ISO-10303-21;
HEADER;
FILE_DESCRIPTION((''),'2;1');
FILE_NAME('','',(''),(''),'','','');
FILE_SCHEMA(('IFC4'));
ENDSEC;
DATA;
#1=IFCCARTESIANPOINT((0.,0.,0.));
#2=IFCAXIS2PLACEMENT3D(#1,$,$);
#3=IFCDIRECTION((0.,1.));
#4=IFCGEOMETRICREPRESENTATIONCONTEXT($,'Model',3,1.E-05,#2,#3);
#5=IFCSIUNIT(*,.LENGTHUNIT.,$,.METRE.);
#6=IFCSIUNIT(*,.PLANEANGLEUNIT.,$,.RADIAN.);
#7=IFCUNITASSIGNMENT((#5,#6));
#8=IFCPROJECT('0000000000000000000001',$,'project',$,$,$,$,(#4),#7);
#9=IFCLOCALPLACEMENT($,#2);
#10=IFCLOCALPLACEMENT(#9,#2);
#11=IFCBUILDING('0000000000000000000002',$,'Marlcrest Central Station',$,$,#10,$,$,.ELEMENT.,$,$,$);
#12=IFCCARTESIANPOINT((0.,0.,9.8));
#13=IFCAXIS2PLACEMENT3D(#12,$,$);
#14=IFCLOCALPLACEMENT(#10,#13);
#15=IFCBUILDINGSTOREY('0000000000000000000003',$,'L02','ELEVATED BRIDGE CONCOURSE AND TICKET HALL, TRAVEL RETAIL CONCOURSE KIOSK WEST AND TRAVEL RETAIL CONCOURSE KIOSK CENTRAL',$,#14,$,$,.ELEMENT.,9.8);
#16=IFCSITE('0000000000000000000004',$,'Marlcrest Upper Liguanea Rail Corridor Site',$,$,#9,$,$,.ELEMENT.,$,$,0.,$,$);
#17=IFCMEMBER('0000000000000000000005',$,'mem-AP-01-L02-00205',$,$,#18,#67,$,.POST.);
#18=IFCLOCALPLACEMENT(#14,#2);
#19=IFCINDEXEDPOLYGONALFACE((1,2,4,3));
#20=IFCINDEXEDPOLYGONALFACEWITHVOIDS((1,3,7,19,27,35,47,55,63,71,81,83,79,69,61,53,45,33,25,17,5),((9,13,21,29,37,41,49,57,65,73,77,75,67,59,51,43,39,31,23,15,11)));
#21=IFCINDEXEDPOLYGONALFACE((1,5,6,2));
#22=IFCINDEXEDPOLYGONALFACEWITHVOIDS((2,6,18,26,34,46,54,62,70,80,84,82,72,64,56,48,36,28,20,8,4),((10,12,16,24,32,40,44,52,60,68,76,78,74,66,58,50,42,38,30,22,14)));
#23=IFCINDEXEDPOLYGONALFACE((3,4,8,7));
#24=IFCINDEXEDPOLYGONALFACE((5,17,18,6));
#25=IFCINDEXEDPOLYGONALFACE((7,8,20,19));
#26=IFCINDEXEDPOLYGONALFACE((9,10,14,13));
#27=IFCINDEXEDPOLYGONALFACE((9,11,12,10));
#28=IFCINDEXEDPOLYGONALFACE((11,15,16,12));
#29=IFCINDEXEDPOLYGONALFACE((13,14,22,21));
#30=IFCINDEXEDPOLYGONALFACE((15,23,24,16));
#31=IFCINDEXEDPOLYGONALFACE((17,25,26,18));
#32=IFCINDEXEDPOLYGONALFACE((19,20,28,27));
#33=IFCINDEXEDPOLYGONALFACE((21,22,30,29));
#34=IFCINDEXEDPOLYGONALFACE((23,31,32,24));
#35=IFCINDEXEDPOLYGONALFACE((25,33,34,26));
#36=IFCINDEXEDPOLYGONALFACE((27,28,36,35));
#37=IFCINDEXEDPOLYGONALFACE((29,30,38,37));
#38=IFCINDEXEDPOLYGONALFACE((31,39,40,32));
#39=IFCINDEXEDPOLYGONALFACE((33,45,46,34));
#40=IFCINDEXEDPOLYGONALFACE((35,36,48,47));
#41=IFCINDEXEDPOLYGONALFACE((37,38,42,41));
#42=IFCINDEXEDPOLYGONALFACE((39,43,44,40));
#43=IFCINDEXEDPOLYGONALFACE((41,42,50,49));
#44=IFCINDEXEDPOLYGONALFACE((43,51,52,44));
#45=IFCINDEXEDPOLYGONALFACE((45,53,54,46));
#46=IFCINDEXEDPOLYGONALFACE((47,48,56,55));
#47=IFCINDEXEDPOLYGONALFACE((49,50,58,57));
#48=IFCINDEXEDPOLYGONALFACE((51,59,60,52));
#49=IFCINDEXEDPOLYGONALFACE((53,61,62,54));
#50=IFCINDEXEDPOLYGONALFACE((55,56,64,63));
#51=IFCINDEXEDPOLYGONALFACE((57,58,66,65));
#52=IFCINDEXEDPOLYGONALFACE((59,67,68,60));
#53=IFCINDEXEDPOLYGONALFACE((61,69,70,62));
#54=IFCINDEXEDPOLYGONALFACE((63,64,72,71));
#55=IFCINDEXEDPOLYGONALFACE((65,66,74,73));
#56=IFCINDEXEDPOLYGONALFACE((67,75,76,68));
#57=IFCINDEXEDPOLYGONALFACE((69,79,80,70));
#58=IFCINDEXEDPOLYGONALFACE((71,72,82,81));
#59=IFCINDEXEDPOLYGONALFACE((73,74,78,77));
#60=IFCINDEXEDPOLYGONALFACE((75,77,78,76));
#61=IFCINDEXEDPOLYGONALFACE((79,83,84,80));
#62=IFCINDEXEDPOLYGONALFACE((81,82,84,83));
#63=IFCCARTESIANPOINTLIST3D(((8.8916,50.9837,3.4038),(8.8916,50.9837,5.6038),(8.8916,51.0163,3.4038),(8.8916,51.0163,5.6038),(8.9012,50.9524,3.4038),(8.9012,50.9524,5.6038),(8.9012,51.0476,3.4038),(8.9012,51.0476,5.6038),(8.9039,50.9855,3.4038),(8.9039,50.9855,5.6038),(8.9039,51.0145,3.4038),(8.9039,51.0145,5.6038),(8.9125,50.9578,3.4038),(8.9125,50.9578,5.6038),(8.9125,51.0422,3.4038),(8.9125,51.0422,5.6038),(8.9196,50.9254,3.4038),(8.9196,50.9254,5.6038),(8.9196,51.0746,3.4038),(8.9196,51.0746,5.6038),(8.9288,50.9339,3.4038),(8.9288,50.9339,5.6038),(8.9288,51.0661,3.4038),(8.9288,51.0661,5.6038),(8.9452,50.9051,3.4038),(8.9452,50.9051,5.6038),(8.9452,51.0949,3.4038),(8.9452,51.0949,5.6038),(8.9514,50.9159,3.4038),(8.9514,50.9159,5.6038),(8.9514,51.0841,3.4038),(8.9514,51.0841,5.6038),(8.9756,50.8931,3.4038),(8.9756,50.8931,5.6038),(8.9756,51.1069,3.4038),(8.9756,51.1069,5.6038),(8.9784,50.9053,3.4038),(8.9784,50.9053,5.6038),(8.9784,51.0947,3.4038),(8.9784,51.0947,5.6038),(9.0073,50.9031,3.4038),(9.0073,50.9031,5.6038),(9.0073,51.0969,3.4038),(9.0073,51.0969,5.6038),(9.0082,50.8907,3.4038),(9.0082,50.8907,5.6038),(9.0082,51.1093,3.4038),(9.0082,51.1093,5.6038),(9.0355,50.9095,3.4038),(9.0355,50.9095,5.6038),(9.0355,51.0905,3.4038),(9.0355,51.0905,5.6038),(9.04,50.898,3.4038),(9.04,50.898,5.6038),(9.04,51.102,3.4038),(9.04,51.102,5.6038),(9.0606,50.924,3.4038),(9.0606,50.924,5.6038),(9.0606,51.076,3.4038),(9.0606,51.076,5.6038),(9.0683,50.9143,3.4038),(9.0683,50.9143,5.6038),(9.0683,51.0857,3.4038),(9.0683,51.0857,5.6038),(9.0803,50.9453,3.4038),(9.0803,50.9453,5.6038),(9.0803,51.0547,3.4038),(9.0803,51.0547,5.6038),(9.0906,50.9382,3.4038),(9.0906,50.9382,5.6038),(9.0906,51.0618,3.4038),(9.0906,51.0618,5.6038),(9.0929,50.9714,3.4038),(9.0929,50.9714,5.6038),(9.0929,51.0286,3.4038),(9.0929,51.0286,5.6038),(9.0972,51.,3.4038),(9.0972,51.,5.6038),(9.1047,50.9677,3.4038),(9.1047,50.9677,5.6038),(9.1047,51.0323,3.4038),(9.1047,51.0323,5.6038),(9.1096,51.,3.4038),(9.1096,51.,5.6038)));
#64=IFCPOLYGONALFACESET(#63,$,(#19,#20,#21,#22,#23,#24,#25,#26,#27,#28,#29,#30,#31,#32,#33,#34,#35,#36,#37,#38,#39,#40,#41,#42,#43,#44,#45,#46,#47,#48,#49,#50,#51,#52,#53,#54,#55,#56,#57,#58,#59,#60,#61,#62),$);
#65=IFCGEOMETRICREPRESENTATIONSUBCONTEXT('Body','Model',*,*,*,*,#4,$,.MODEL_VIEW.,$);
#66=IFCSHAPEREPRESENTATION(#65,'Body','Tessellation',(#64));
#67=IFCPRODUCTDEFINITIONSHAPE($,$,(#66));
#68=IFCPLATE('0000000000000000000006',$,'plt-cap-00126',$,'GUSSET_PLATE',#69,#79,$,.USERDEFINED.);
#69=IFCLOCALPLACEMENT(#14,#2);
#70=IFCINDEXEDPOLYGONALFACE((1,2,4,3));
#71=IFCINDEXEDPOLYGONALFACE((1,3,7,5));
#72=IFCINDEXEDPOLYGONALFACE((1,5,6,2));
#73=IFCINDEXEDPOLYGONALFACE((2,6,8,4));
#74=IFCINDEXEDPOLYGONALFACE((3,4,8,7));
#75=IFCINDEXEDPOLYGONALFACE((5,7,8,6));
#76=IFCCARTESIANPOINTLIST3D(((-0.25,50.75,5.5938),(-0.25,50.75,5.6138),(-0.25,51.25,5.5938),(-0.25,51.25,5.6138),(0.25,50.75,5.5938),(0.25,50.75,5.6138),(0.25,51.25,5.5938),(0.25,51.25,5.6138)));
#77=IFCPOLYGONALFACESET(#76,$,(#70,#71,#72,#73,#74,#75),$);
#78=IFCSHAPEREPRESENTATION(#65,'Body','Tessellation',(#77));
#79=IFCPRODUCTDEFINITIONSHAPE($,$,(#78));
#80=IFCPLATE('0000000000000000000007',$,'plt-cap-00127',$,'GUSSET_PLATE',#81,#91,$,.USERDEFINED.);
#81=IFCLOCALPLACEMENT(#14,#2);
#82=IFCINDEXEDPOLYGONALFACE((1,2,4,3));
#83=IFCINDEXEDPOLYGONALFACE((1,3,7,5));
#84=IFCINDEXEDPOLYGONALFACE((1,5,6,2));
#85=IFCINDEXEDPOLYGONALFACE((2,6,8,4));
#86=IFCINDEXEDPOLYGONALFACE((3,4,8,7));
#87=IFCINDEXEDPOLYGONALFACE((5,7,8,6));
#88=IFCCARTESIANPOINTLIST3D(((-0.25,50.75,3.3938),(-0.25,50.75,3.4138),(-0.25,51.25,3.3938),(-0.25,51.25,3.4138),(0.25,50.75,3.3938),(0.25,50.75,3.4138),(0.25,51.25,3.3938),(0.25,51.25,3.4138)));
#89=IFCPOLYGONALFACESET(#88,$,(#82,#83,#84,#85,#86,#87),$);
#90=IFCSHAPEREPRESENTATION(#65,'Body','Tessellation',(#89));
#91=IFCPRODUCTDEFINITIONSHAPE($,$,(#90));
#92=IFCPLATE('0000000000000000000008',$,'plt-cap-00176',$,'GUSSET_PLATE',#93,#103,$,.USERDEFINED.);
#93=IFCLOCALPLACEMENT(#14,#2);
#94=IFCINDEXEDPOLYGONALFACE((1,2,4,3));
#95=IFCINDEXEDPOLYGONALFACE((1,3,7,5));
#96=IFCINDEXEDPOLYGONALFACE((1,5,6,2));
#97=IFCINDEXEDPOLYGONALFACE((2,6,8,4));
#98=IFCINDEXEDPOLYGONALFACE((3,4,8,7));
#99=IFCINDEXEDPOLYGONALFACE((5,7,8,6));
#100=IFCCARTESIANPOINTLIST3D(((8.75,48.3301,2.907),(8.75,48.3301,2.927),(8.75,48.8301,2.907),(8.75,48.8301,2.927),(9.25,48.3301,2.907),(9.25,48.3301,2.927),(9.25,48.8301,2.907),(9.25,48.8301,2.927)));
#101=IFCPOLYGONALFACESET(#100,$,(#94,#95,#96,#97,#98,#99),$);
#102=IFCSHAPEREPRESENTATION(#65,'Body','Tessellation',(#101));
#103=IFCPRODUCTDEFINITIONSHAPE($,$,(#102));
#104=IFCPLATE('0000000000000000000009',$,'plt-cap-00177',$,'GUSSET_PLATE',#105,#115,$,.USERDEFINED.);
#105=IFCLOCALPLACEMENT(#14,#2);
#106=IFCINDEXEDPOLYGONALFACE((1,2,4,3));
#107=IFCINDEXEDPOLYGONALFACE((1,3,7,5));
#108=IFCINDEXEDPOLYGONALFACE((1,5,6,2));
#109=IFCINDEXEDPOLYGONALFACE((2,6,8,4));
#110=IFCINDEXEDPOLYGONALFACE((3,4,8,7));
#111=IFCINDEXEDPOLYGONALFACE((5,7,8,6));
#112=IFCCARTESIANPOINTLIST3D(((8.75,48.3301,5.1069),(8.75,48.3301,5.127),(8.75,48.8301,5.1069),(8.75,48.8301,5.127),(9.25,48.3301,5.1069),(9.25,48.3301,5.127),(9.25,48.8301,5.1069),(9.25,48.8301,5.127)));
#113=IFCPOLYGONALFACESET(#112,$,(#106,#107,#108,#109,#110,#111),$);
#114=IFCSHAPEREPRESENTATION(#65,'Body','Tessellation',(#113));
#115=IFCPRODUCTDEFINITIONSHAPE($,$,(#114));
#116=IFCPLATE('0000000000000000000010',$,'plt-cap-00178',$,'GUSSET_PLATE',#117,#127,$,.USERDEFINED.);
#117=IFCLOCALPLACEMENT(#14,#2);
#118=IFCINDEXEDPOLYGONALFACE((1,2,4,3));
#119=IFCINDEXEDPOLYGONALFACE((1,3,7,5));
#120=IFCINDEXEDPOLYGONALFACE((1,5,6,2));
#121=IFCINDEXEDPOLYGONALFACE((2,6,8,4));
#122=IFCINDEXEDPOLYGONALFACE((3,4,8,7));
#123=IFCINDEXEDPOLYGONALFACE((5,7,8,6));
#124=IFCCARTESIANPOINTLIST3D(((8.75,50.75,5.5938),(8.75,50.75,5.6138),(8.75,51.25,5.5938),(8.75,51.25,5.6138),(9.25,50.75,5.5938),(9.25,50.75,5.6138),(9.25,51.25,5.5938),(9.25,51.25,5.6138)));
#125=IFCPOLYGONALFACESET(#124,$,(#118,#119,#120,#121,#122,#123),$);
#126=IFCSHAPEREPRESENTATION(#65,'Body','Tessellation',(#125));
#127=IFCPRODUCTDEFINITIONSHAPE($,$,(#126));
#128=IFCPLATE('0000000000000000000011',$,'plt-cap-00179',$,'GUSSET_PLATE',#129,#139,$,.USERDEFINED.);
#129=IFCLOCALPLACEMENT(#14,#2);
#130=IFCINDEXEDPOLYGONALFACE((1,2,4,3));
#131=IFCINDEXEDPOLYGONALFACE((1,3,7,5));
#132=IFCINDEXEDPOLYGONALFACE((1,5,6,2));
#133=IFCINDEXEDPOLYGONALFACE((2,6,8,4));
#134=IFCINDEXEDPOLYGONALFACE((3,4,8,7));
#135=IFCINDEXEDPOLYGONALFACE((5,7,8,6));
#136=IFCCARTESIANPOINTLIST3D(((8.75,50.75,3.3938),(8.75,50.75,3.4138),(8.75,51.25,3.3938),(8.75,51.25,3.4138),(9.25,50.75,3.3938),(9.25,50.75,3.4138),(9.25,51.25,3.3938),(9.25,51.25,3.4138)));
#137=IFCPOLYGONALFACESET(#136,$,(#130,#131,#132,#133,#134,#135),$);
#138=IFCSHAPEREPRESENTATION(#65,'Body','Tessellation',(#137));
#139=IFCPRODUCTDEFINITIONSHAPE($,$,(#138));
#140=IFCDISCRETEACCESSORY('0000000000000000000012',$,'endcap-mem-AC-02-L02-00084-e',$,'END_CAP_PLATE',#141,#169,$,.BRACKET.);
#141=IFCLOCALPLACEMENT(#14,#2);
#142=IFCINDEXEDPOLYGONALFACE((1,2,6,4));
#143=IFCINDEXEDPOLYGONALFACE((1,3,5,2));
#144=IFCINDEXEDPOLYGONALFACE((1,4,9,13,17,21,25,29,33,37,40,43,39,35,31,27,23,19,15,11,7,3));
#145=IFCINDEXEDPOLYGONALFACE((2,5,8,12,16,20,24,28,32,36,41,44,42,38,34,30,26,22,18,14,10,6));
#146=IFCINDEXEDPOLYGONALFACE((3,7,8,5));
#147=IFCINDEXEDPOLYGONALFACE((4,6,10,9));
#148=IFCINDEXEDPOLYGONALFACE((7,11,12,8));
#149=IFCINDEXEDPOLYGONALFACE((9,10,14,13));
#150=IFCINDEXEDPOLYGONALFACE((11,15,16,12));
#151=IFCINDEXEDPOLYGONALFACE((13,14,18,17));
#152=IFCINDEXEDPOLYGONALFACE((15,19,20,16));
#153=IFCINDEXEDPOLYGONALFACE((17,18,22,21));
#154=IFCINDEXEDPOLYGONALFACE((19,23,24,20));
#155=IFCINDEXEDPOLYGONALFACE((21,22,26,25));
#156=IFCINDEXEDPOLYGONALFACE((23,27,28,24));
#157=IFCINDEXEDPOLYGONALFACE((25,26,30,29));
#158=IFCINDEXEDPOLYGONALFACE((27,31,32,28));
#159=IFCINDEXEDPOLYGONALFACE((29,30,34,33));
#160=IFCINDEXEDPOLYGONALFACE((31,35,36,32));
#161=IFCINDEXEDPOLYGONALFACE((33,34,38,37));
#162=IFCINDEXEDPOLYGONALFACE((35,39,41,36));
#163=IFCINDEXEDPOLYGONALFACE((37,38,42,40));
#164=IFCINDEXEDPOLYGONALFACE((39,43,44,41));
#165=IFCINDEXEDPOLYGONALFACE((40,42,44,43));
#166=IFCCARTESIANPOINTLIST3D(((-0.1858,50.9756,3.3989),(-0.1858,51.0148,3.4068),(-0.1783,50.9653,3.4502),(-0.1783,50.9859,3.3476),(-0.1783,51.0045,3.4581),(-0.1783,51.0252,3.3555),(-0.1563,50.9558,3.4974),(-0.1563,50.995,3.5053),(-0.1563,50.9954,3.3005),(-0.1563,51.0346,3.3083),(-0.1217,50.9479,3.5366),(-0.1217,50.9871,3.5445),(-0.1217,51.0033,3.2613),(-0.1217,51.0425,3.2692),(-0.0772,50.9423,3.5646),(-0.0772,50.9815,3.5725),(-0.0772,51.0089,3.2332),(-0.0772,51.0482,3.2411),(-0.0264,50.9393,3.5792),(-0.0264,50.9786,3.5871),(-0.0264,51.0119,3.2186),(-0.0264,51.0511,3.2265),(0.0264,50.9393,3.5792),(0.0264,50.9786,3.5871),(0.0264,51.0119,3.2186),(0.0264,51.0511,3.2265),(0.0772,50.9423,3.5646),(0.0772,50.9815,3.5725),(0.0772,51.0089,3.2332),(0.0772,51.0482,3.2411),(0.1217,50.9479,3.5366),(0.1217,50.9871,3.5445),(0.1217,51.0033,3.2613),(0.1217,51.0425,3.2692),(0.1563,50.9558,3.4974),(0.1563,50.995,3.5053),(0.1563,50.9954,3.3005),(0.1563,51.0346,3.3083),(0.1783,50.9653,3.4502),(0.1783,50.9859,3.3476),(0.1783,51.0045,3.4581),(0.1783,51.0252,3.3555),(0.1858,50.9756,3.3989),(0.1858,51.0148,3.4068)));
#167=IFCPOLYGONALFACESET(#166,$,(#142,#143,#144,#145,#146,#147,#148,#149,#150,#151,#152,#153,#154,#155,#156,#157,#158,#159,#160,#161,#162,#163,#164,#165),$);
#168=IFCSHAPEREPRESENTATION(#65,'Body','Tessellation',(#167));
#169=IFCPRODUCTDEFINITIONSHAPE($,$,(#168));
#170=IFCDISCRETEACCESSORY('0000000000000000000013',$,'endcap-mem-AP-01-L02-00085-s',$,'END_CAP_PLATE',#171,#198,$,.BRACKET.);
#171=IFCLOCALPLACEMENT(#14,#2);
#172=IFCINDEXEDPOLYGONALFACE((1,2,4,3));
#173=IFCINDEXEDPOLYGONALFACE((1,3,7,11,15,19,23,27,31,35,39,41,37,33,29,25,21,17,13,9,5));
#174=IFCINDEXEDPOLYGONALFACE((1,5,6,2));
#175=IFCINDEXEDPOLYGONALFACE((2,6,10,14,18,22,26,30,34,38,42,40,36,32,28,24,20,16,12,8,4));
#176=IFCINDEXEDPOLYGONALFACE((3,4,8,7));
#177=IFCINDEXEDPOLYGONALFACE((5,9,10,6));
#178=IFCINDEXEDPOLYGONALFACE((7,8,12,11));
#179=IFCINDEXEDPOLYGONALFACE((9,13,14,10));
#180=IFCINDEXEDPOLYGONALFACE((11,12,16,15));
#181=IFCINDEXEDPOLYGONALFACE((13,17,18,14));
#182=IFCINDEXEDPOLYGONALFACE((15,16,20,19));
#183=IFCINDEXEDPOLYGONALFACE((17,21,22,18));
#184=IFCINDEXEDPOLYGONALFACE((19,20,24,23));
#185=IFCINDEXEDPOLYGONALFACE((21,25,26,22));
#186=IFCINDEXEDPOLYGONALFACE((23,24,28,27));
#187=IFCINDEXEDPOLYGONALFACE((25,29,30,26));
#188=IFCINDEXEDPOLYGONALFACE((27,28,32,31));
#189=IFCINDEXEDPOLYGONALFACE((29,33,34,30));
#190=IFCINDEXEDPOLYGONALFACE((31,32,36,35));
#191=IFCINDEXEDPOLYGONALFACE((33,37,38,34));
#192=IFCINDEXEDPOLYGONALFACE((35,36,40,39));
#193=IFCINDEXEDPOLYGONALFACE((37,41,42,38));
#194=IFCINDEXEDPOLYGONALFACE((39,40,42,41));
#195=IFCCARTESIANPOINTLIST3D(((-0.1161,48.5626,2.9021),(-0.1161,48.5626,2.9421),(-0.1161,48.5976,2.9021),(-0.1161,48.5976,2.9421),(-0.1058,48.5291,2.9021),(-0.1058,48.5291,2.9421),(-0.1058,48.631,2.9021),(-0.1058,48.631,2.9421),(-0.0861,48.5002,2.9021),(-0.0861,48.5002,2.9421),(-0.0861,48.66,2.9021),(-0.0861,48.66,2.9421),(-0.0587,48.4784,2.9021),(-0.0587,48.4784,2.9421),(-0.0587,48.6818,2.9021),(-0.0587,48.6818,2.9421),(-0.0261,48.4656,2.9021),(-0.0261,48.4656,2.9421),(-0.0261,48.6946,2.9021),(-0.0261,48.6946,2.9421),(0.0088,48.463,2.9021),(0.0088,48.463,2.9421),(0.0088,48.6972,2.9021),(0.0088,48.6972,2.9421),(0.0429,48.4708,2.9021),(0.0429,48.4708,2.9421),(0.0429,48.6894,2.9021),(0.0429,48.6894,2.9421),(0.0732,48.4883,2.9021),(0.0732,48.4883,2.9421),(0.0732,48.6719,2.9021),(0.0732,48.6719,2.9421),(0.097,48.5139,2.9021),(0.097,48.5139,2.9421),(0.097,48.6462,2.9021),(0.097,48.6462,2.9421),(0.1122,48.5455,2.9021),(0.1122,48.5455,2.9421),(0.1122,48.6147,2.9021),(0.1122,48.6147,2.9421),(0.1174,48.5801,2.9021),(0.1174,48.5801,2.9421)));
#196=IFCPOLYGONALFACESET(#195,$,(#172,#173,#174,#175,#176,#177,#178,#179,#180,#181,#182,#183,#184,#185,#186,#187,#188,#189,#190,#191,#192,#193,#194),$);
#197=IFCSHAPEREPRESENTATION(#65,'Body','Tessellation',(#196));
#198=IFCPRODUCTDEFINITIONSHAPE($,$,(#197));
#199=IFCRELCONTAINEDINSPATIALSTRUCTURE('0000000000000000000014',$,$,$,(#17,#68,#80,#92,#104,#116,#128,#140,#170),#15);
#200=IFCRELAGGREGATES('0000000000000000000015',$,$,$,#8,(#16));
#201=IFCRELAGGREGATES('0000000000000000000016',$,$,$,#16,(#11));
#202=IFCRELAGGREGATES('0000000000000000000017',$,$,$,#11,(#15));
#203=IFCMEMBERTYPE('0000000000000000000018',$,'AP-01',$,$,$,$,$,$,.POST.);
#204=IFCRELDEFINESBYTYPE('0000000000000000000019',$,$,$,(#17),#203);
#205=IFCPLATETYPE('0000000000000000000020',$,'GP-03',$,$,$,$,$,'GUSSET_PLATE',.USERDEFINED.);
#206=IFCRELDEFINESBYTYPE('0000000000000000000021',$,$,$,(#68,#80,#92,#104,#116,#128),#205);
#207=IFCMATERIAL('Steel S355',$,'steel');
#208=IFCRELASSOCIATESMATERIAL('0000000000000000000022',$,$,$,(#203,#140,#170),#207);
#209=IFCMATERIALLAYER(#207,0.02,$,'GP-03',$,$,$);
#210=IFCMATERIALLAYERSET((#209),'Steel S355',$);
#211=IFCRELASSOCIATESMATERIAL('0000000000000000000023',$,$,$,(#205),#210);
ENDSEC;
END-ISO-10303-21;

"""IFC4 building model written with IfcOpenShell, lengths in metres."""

from ifc_helpers import new_model, si_unit, direction, frame, origin, origin_2d, place, context, subcontext, project, spatial, rectangle, circle, hollow_circle, extrude, material, layer, layer_set, material_profile, profile_set, type_object, element, save


model = new_model("IFC4")

# Units and contexts
model_context = context("Model", 3, precision=1e-05, world=origin(), true_north=direction((0.0, 1.0)))
body_context = subcontext(model_context, "Body", "Model", "MODEL_VIEW")
ifc_project = project(units=[si_unit("LENGTHUNIT", "METRE"), si_unit("PLANEANGLEUNIT", "RADIAN")], contexts=[model_context])

# Site, building, storey
site_placement = place(None, origin())
site = spatial("IfcSite", under=ifc_project, at=site_placement, Name="Marlcrest Upper Liguanea Rail Corridor Site", CompositionType="ELEMENT", RefElevation=0.0)
building_placement = place(site_placement, origin())
building = spatial("IfcBuilding", under=site, at=building_placement, Name="Marlcrest Central Station", CompositionType="ELEMENT")
storey_placement = place(building_placement, frame((0.0, 0.0, 9.8)))
storey = spatial("IfcBuildingStorey", under=building, at=storey_placement, Name="L02", Description="ELEVATED BRIDGE CONCOURSE AND TICKET HALL, TRAVEL RETAIL CONCOURSE KIOSK WEST AND TRAVEL RETAIL CONCOURSE KIOSK CENTRAL", CompositionType="ELEMENT", Elevation=9.8)

# Member
ifc_material = material(Name="Steel S355", Category="steel")
ifc_material_profile_1 = material_profile(ifc_material, hollow_circle(Radius=0.1096, WallThickness=0.0125, at=origin_2d()), Name="CHS 219.1x12.5")
ifc_profile_set_1 = profile_set([ifc_material_profile_1], Name="Steel S355")
member_type_1 = type_object("IfcMemberType", Name="AP-01", PredefinedType="POST", material=ifc_profile_set_1)
for number, where, z_axis, x_axis, name in (
    (1, (9.0, 51.0, 3.4038), (0.0, 0.0, 1.0), (1.0, 0.0, 0.0), "mem-AP-01-L02-00205"),
):
    element("IfcMember", number, at=place(storey_placement, frame(where, z_axis=z_axis, x_axis=x_axis)), inside=storey, type_object=member_type_1, Name=name, PredefinedType="POST", context=body_context, shape_type="SweptSolid", body=[
        extrude(hollow_circle(Radius=0.1096, WallThickness=0.0125, at=origin_2d()), origin(), (0.0, 0.0, 1.0), 2.2),
    ])

# Plates
ifc_layer = layer(ifc_material, 0.02, Name="GP-03")
ifc_layer_set = layer_set([ifc_layer], Name="Steel S355")
plate_type = type_object("IfcPlateType", Name="GP-03", ElementType="GUSSET_PLATE", PredefinedType="USERDEFINED", material=ifc_layer_set)
for number, where, z_axis, x_axis, name in (
    (2, (0.0, 51.0, 5.5938), (0.0, 0.0, 1.0), (1.0, 0.0, 0.0), "plt-cap-00126"),
    (3, (0.0, 51.0, 3.3938), (0.0, 0.0, 1.0), (1.0, 0.0, 0.0), "plt-cap-00127"),
    (4, (9.0, 48.5801, 2.907), (0.0, 0.0, 1.0), (1.0, 0.0, 0.0), "plt-cap-00176"),
    (5, (9.0, 48.5801, 5.1069), (0.0, 0.0, 1.0), (1.0, 0.0, 0.0), "plt-cap-00177"),
    (6, (9.0, 51.0, 5.5938), (0.0, 0.0, 1.0), (1.0, 0.0, 0.0), "plt-cap-00178"),
    (7, (9.0, 51.0, 3.3938), (0.0, 0.0, 1.0), (1.0, 0.0, 0.0), "plt-cap-00179"),
):
    element("IfcPlate", number, at=place(storey_placement, frame(where, z_axis=z_axis, x_axis=x_axis)), inside=storey, type_object=plate_type, Name=name, ObjectType="GUSSET_PLATE", PredefinedType="USERDEFINED", context=body_context, shape_type="SweptSolid", body=[
        extrude(rectangle(XDim=0.5, YDim=0.5, at=origin_2d()), origin(), (0.0, 0.0, 1.0), 0.02),
    ])

# Discrete accessories
discrete_accessory_1_placement = place(storey_placement, frame((0.0, 50.9756, 3.3989), z_axis=(0.0, 0.980359, 0.197219), x_axis=(-1.0, 0.0, 0.0)))
element("IfcDiscreteAccessory", 8, at=discrete_accessory_1_placement, inside=storey, material=ifc_material, Name="endcap-mem-AC-02-L02-00084-e", ObjectType="END_CAP_PLATE", PredefinedType="BRACKET", context=body_context, shape_type="SweptSolid", body=[
    extrude(circle(Radius=0.1858, at=origin_2d()), origin(), (0.0, 0.0, 1.0), 0.04),
])
for number, where, z_axis, x_axis, name in (
    (9, (0.0, 48.5801, 2.9021), (0.0, 0.0, 1.0), (1.0, 0.0, 0.0), "endcap-mem-AP-01-L02-00085-s"),
):
    element("IfcDiscreteAccessory", number, at=place(storey_placement, frame(where, z_axis=z_axis, x_axis=x_axis)), inside=storey, material=ifc_material, Name=name, ObjectType="END_CAP_PLATE", PredefinedType="BRACKET", context=body_context, shape_type="SweptSolid", body=[
        extrude(circle(Radius=0.1174, at=origin_2d()), origin(), (0.0, 0.0, 1.0), 0.04),
    ])

save(model, "model.ifc")
